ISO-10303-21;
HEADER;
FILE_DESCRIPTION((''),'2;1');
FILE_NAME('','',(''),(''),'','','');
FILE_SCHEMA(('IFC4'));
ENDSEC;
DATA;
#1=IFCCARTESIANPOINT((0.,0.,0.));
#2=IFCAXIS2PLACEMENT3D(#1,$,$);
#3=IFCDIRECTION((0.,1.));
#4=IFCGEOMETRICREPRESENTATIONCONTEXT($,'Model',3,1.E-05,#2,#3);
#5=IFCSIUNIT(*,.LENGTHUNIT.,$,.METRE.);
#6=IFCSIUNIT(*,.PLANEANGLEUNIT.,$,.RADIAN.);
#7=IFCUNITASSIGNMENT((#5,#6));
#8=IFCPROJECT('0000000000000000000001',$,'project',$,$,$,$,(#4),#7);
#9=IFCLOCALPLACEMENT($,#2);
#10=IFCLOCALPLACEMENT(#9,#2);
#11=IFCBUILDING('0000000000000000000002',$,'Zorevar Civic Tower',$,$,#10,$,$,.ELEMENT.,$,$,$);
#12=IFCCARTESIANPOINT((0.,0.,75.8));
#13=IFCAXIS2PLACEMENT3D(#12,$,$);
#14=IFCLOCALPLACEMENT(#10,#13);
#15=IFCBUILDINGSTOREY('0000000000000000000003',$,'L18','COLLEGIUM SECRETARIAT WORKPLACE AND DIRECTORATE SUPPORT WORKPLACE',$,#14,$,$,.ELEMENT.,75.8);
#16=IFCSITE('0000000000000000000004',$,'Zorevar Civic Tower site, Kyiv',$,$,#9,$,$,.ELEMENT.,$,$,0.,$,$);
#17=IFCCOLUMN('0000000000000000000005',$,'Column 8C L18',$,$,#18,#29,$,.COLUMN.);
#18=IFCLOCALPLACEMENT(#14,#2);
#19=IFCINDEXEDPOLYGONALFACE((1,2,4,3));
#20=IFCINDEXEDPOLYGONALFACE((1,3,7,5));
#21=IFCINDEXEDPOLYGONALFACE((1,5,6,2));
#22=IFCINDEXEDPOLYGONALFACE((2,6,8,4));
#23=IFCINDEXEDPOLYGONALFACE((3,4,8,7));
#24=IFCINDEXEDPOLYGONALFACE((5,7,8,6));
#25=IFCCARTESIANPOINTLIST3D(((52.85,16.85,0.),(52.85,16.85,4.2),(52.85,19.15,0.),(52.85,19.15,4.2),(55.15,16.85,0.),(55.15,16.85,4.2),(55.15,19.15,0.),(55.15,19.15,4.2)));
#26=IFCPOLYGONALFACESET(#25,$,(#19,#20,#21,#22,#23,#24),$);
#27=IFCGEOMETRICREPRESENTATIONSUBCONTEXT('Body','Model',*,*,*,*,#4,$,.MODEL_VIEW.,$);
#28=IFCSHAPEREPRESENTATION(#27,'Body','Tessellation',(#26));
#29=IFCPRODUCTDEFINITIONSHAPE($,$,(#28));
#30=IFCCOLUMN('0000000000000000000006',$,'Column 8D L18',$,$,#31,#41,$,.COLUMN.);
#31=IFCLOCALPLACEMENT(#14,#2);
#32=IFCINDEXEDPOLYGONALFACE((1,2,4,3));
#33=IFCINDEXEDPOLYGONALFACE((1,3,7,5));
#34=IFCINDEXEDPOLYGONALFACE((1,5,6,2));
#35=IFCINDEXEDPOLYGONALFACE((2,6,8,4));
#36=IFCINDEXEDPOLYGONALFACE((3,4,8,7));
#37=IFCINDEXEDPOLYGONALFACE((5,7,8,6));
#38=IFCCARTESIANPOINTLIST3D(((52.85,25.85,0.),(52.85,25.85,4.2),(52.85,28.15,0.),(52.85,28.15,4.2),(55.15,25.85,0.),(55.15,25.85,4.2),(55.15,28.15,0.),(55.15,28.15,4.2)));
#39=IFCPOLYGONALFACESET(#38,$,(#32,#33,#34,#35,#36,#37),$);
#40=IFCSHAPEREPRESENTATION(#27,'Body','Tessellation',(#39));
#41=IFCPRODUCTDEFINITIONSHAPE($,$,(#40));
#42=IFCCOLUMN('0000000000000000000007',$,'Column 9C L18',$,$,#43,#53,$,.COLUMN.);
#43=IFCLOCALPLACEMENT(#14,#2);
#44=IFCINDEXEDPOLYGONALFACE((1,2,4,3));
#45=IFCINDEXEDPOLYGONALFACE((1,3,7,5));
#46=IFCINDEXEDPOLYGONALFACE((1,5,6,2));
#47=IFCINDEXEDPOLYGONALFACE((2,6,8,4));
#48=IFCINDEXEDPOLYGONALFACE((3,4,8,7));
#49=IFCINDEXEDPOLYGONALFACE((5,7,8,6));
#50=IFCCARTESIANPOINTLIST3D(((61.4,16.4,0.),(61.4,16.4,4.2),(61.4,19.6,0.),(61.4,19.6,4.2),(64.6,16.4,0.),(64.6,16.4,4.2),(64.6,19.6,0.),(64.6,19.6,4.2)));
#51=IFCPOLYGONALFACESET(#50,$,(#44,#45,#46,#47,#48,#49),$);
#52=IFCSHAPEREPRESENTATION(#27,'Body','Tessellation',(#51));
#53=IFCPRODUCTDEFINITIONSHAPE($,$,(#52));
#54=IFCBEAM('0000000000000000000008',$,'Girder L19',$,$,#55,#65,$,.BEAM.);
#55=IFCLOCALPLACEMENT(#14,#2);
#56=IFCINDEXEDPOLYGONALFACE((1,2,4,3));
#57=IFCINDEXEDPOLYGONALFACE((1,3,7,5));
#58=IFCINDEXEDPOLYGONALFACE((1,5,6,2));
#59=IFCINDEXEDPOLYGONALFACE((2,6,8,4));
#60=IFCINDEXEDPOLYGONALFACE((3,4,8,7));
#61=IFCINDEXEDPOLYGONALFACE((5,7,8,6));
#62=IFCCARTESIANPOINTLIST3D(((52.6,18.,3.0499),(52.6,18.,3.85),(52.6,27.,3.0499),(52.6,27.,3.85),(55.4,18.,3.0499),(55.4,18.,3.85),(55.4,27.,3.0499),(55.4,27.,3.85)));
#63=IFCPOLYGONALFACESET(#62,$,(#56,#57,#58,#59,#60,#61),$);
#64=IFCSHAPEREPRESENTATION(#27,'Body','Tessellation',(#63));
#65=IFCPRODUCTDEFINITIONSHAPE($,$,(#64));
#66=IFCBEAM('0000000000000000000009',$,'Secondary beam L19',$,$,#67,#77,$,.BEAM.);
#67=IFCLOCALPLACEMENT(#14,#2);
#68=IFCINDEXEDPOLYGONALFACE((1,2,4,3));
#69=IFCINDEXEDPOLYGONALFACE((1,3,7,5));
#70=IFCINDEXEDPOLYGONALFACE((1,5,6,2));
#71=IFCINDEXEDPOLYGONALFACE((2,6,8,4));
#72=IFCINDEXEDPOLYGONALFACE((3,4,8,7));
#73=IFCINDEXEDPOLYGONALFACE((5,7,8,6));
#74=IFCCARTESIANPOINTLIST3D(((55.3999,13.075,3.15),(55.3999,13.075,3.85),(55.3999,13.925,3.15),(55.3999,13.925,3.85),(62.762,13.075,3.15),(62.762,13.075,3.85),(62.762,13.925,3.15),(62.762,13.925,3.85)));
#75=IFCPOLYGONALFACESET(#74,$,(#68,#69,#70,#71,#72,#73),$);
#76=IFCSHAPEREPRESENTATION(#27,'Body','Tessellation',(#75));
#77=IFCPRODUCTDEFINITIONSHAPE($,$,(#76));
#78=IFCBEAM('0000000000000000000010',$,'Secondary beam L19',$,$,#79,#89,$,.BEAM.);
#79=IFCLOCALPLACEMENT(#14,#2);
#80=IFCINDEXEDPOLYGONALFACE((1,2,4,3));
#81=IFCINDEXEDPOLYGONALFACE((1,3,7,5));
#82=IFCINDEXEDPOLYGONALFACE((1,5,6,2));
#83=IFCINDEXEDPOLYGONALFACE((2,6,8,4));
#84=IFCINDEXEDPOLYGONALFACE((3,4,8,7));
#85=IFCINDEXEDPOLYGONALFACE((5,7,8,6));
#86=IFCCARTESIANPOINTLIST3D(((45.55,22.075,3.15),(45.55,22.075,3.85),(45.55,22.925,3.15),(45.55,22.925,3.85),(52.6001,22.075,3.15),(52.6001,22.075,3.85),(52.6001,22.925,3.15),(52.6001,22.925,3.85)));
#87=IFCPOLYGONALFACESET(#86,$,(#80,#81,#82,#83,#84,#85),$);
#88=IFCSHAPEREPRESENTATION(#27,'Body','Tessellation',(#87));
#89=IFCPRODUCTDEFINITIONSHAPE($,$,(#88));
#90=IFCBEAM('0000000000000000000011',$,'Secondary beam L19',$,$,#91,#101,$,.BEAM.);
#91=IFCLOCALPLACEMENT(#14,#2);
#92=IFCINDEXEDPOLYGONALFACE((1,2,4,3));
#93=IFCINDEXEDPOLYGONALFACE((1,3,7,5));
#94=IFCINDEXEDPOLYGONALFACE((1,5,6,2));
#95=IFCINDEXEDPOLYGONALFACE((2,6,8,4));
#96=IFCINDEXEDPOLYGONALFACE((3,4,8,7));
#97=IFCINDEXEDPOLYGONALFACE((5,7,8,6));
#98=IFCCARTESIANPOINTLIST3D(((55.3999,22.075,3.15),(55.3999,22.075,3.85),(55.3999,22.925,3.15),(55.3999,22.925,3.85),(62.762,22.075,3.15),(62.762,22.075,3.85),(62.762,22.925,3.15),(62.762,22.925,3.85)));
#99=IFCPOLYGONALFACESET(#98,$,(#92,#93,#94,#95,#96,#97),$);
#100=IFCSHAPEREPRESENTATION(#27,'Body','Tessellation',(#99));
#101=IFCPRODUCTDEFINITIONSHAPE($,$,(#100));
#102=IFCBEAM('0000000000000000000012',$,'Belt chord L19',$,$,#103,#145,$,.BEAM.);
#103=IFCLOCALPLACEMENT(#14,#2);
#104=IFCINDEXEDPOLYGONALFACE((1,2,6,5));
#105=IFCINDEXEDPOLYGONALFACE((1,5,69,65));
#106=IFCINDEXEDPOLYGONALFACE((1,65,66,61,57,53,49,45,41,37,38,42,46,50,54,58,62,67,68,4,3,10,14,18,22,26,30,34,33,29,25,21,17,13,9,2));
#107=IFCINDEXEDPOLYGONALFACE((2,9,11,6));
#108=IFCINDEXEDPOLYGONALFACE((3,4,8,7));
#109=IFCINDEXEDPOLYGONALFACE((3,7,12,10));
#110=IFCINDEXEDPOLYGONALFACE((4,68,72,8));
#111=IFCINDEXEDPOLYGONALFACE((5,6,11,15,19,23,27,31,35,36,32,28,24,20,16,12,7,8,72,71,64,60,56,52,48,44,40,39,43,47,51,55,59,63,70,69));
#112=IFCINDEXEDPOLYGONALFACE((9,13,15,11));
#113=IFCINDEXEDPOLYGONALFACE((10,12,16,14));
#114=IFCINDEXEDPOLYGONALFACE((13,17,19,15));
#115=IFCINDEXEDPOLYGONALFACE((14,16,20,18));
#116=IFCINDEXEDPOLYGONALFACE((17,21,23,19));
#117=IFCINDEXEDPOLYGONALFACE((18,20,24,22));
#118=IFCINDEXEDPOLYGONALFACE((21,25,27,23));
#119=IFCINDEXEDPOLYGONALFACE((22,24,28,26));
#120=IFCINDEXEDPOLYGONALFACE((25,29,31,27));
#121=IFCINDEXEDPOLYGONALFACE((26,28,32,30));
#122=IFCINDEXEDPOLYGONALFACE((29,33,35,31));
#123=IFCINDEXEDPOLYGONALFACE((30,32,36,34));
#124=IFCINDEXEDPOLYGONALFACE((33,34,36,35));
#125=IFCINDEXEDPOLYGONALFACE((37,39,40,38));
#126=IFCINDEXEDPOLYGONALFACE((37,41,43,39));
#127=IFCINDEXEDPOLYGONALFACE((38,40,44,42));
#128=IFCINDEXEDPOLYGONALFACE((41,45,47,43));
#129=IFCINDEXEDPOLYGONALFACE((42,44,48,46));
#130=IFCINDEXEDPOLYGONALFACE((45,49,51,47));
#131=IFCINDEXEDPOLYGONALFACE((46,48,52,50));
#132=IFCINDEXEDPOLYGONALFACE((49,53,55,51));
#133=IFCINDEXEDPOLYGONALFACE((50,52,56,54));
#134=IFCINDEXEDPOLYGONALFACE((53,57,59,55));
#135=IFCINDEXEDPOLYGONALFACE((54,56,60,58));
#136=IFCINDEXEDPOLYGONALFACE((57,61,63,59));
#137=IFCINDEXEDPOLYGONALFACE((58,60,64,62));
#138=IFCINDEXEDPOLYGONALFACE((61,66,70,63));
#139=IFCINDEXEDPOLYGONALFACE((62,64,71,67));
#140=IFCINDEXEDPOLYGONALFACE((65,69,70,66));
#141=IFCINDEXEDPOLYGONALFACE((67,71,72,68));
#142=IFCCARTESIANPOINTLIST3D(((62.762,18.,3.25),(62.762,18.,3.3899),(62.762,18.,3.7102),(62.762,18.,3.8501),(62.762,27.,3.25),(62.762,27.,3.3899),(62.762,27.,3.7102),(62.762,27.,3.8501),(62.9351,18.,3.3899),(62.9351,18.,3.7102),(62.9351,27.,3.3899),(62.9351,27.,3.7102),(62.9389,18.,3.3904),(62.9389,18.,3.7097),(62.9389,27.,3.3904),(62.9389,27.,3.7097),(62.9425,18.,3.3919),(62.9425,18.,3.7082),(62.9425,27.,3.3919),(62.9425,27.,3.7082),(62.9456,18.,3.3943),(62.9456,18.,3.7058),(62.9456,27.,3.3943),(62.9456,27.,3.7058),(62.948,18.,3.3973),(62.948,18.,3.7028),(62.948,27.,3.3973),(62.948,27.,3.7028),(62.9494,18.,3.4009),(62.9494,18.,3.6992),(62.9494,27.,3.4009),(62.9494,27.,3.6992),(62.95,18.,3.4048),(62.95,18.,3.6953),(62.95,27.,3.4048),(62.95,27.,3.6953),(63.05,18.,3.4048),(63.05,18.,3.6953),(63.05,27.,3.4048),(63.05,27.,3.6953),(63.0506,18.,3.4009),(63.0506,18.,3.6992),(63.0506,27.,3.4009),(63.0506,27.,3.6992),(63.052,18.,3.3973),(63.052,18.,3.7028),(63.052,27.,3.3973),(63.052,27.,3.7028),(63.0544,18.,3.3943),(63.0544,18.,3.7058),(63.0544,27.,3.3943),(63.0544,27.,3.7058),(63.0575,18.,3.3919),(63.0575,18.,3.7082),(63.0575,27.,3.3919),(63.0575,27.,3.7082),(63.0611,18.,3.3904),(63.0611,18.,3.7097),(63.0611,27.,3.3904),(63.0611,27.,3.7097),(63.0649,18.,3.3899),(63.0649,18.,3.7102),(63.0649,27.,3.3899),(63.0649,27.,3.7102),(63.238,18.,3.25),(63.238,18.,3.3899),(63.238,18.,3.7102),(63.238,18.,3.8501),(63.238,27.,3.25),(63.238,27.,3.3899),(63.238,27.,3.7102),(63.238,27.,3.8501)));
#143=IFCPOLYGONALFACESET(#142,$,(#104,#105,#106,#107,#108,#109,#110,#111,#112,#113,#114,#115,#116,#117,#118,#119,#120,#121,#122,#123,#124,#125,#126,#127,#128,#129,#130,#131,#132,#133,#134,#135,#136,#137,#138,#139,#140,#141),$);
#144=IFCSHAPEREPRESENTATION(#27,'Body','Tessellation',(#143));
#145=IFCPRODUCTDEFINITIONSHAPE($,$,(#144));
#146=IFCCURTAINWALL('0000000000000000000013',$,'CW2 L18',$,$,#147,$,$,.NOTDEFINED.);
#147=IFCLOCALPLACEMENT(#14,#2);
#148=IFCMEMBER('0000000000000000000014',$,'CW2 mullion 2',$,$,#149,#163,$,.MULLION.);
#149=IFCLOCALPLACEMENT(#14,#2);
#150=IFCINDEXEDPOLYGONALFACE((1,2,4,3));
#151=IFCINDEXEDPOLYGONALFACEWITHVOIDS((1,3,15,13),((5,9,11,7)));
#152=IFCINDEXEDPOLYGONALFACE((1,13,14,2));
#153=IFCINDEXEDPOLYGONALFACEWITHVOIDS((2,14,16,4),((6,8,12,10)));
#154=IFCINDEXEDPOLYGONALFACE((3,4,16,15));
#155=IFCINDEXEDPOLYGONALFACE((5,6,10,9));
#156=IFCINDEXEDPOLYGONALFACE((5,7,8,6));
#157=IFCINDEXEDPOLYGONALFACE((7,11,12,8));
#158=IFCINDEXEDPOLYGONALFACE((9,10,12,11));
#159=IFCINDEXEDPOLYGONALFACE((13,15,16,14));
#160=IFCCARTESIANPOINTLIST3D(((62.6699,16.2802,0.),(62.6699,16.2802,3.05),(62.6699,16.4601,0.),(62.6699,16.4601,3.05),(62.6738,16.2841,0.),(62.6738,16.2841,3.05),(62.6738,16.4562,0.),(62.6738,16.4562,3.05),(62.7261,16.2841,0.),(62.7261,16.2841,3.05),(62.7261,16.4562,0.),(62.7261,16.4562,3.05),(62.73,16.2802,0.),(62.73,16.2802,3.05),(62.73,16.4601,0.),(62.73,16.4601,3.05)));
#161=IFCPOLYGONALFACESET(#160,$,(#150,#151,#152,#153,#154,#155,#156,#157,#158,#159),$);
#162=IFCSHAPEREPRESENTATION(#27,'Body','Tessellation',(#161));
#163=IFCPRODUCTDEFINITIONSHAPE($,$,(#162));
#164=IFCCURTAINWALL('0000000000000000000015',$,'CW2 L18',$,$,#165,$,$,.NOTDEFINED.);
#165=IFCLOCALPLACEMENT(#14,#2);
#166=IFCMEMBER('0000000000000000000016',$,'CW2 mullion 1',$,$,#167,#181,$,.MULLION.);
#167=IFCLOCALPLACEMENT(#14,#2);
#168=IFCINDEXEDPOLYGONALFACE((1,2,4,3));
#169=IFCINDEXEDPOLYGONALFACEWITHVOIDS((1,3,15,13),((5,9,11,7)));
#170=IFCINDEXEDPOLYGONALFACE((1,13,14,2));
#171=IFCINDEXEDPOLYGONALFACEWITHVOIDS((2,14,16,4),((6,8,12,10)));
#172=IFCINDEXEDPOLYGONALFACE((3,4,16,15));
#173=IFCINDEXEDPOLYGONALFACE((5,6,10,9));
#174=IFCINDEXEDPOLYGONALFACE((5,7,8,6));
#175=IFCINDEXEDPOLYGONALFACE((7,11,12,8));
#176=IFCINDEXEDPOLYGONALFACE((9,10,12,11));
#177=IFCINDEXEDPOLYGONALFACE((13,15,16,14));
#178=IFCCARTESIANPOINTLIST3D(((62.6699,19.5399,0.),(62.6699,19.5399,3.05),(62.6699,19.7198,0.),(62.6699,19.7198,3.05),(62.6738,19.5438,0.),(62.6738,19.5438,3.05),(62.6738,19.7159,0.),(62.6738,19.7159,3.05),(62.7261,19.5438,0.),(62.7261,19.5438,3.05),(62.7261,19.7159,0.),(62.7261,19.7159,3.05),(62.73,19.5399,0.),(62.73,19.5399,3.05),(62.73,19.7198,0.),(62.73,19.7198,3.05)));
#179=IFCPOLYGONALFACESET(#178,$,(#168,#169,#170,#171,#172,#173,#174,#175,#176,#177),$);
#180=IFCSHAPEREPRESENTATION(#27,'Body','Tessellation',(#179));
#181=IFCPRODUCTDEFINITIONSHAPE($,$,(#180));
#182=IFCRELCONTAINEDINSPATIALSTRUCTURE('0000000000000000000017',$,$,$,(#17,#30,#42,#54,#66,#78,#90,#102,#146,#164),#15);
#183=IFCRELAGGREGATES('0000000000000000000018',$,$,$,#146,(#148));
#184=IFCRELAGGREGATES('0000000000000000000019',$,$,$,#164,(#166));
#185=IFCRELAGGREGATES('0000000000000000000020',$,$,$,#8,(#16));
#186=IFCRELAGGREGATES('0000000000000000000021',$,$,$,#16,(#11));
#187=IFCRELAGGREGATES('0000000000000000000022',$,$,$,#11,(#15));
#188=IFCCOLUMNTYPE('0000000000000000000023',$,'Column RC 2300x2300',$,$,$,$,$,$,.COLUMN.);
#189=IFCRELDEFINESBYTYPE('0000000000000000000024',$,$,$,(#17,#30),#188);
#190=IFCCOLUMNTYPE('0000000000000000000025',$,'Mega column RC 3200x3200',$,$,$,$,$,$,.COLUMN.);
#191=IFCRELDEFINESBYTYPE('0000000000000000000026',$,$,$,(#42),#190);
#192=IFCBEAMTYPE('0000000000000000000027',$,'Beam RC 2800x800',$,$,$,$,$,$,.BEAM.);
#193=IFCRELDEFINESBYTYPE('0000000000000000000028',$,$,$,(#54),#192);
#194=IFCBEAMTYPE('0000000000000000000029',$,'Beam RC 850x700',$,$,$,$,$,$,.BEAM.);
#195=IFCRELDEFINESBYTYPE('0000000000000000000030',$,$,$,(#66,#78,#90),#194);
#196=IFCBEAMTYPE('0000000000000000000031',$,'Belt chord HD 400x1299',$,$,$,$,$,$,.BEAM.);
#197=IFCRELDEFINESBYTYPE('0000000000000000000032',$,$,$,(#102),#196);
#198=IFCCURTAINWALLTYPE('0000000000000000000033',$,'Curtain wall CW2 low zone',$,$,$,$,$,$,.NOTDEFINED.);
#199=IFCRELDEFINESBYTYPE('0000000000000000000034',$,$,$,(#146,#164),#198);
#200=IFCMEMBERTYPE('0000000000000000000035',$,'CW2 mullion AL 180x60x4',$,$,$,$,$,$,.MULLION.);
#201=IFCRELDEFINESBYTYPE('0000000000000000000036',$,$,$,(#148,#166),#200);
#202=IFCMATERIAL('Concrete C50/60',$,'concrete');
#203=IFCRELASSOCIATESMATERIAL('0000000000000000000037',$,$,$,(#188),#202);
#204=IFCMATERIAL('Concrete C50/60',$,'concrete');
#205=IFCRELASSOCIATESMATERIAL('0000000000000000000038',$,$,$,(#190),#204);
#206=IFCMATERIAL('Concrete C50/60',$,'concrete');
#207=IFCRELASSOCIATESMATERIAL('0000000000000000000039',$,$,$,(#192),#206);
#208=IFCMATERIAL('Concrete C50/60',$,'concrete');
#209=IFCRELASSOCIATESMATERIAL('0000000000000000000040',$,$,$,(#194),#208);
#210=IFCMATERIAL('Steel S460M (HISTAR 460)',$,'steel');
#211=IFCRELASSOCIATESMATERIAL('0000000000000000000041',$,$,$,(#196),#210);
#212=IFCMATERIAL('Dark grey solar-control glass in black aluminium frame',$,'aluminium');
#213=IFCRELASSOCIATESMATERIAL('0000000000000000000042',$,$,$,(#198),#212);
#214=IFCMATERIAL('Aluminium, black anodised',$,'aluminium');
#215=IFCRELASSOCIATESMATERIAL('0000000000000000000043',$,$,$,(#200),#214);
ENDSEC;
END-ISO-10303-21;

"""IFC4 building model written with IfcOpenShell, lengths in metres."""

from ifc_helpers import new_model, si_unit, direction, frame, origin, origin_2d, place, context, subcontext, project, spatial, rectangle, hollow_rectangle, i_section, extrude, material, material_profile, profile_set, type_object, element, aggregate, save


model = new_model("IFC4")

# Units and contexts
model_context = context("Model", 3, precision=1e-05, world=origin(), true_north=direction((0.0, 1.0)))
body_context = subcontext(model_context, "Body", "Model", "MODEL_VIEW")
ifc_project = project(units=[si_unit("LENGTHUNIT", "METRE"), si_unit("PLANEANGLEUNIT", "RADIAN")], contexts=[model_context])

# Site, building, storey
site_placement = place(None, origin())
site = spatial("IfcSite", under=ifc_project, at=site_placement, Name="Zorevar Civic Tower site, Kyiv", CompositionType="ELEMENT", RefElevation=0.0)
building_placement = place(site_placement, origin())
building = spatial("IfcBuilding", under=site, at=building_placement, Name="Zorevar Civic Tower", CompositionType="ELEMENT")
storey_placement = place(building_placement, frame((0.0, 0.0, 75.8)))
storey = spatial("IfcBuildingStorey", under=building, at=storey_placement, Name="L18", Description="COLLEGIUM SECRETARIAT WORKPLACE AND DIRECTORATE SUPPORT WORKPLACE", CompositionType="ELEMENT", Elevation=75.8)

# Columns
ifc_material_1 = material(Name="Concrete C50/60", Category="concrete")
ifc_material_profile_1 = material_profile(ifc_material_1, rectangle(XDim=2.3, YDim=2.3, at=origin_2d()), Name="RC 2300x2300")
ifc_profile_set_1 = profile_set([ifc_material_profile_1], Name="Concrete C50/60")
column_type_1 = type_object("IfcColumnType", Name="Column RC 2300x2300", PredefinedType="COLUMN", material=ifc_profile_set_1)
for number, where, z_axis, x_axis, name in (
    (1, (54.0, 18.0, 0.0), (0.0, 0.0, 1.0), (1.0, 0.0, 0.0), "Column 8C L18"),
    (2, (54.0, 27.0, 0.0), (0.0, 0.0, 1.0), (1.0, 0.0, 0.0), "Column 8D L18"),
):
    element("IfcColumn", number, at=place(storey_placement, frame(where, z_axis=z_axis, x_axis=x_axis)), inside=storey, type_object=column_type_1, Name=name, PredefinedType="COLUMN", context=body_context, shape_type="SweptSolid", body=[
        extrude(rectangle(XDim=2.3, YDim=2.3, at=origin_2d()), origin(), (0.0, 0.0, 1.0), 4.2),
    ])
ifc_material_2 = material(Name="Concrete C50/60", Category="concrete")
ifc_material_profile_2 = material_profile(ifc_material_2, rectangle(XDim=3.2, YDim=3.2, at=origin_2d()), Name="RC 3200x3200")
ifc_profile_set_2 = profile_set([ifc_material_profile_2], Name="Concrete C50/60")
column_type_2 = type_object("IfcColumnType", Name="Mega column RC 3200x3200", PredefinedType="COLUMN", material=ifc_profile_set_2)
column_placement = place(storey_placement, frame((63.0, 18.0, 0.0), z_axis=(0.0, 0.0, 1.0), x_axis=(1.0, 0.0, 0.0)))
element("IfcColumn", 3, at=column_placement, inside=storey, type_object=column_type_2, Name="Column 9C L18", PredefinedType="COLUMN", context=body_context, shape_type="SweptSolid", body=[
    extrude(rectangle(XDim=3.2, YDim=3.2, at=origin_2d()), origin(), (0.0, 0.0, 1.0), 4.2),
])

# Beams
ifc_material_3 = material(Name="Concrete C50/60", Category="concrete")
ifc_material_profile_3 = material_profile(ifc_material_3, rectangle(XDim=2.8, YDim=0.8, at=origin_2d()), Name="RC 2800x800")
ifc_profile_set_3 = profile_set([ifc_material_profile_3], Name="Concrete C50/60")
beam_type_1 = type_object("IfcBeamType", Name="Beam RC 2800x800", PredefinedType="BEAM", material=ifc_profile_set_3)
beam_1_placement = place(storey_placement, frame((54.0, 18.0, 3.45), z_axis=(0.0, 1.0, 0.0), x_axis=(-1.0, 0.0, 0.0)))
element("IfcBeam", 4, at=beam_1_placement, inside=storey, type_object=beam_type_1, Name="Girder L19", PredefinedType="BEAM", context=body_context, shape_type="SweptSolid", body=[
    extrude(rectangle(XDim=2.8, YDim=0.8, at=origin_2d()), origin(), (0.0, 0.0, 1.0), 9.0),
])
ifc_material_4 = material(Name="Concrete C50/60", Category="concrete")
ifc_material_profile_4 = material_profile(ifc_material_4, rectangle(XDim=0.8501, YDim=0.7, at=origin_2d()), Name="RC 850x700")
ifc_profile_set_4 = profile_set([ifc_material_profile_4], Name="Concrete C50/60")
beam_type_2 = type_object("IfcBeamType", Name="Beam RC 850x700", PredefinedType="BEAM", material=ifc_profile_set_4)
beam_2_placement = place(storey_placement, frame((55.3999, 13.5, 3.5), z_axis=(1.0, 0.0, 0.0), x_axis=(0.0, 1.0, 0.0)))
element("IfcBeam", 5, at=beam_2_placement, inside=storey, type_object=beam_type_2, Name="Secondary beam L19", PredefinedType="BEAM", context=body_context, shape_type="SweptSolid", body=[
    extrude(rectangle(XDim=0.8501, YDim=0.7, at=origin_2d()), origin(), (0.0, 0.0, 1.0), 7.3621),
])
beam_3_placement = place(storey_placement, frame((45.55, 22.5, 3.5), z_axis=(1.0, 0.0, 0.0), x_axis=(0.0, 1.0, 0.0)))
element("IfcBeam", 6, at=beam_3_placement, inside=storey, type_object=beam_type_2, Name="Secondary beam L19", PredefinedType="BEAM", context=body_context, shape_type="SweptSolid", body=[
    extrude(rectangle(XDim=0.8501, YDim=0.7, at=origin_2d()), origin(), (0.0, 0.0, 1.0), 7.05),
])
beam_4_placement = place(storey_placement, frame((55.3999, 22.5, 3.5), z_axis=(1.0, 0.0, 0.0), x_axis=(0.0, 1.0, 0.0)))
element("IfcBeam", 7, at=beam_4_placement, inside=storey, type_object=beam_type_2, Name="Secondary beam L19", PredefinedType="BEAM", context=body_context, shape_type="SweptSolid", body=[
    extrude(rectangle(XDim=0.8501, YDim=0.7, at=origin_2d()), origin(), (0.0, 0.0, 1.0), 7.3621),
])
ifc_material_5 = material(Name="Steel S460M (HISTAR 460)", Category="steel")
ifc_material_profile_5 = material_profile(ifc_material_5, i_section(OverallWidth=0.4761, OverallDepth=0.6001, WebThickness=0.1001, FlangeThickness=0.1399, FilletRadius=0.0149, at=origin_2d()), Name="HD 400x1299")
ifc_profile_set_5 = profile_set([ifc_material_profile_5], Name="Steel S460M (HISTAR 460)")
beam_type_3 = type_object("IfcBeamType", Name="Belt chord HD 400x1299", PredefinedType="BEAM", material=ifc_profile_set_5)
beam_5_placement = place(storey_placement, frame((63.0, 18.0, 3.55), z_axis=(0.0, 1.0, 0.0), x_axis=(-1.0, 0.0, 0.0)))
element("IfcBeam", 8, at=beam_5_placement, inside=storey, type_object=beam_type_3, Name="Belt chord L19", PredefinedType="BEAM", context=body_context, shape_type="SweptSolid", body=[
    extrude(i_section(OverallWidth=0.4761, OverallDepth=0.6001, WebThickness=0.1001, FlangeThickness=0.1399, FilletRadius=0.0149, at=origin_2d()), origin(), (0.0, 0.0, 1.0), 9.0),
])

# Curtain wall, member
ifc_material_6 = material(Name="Dark grey solar-control glass in black aluminium frame", Category="aluminium")
curtain_wall_type = type_object("IfcCurtainWallType", Name="Curtain wall CW2 low zone", PredefinedType="NOTDEFINED", material=ifc_material_6)
curtain_wall_1_placement = place(storey_placement, origin())
curtain_wall_1 = element("IfcCurtainWall", 9, at=curtain_wall_1_placement, inside=storey, type_object=curtain_wall_type, Name="CW2 L18", PredefinedType="NOTDEFINED")
ifc_material_7 = material(Name="Aluminium, black anodised", Category="aluminium")
ifc_material_profile_6 = material_profile(ifc_material_7, hollow_rectangle(XDim=0.0601, YDim=0.1799, WallThickness=0.0039, at=origin_2d()), Name="AL 180x60x4")
ifc_profile_set_6 = profile_set([ifc_material_profile_6], Name="Aluminium, black anodised")
member_type_1 = type_object("IfcMemberType", Name="CW2 mullion AL 180x60x4", PredefinedType="MULLION", material=ifc_profile_set_6)
member_1_placement = place(storey_placement, frame((62.7, 16.3701, 0.0), z_axis=(0.0, 0.0, 1.0), x_axis=(-1.0, 0.0, 0.0)))
member_1 = element("IfcMember", 10, at=member_1_placement, type_object=member_type_1, Name="CW2 mullion 2", PredefinedType="MULLION", context=body_context, shape_type="SweptSolid", body=[
    extrude(hollow_rectangle(XDim=0.0601, YDim=0.1799, WallThickness=0.0039, at=origin_2d()), origin(), (0.0, 0.0, 1.0), 3.05),
])

# Curtain wall, member
curtain_wall_2_placement = place(storey_placement, origin())
curtain_wall_2 = element("IfcCurtainWall", 11, at=curtain_wall_2_placement, inside=storey, type_object=curtain_wall_type, Name="CW2 L18", PredefinedType="NOTDEFINED")
member_2_placement = place(storey_placement, frame((62.7, 19.6299, 0.0), z_axis=(0.0, 0.0, 1.0), x_axis=(-1.0, 0.0, 0.0)))
member_2 = element("IfcMember", 12, at=member_2_placement, type_object=member_type_1, Name="CW2 mullion 1", PredefinedType="MULLION", context=body_context, shape_type="SweptSolid", body=[
    extrude(hollow_rectangle(XDim=0.0601, YDim=0.1799, WallThickness=0.0039, at=origin_2d()), origin(), (0.0, 0.0, 1.0), 3.05),
])

aggregate(curtain_wall_1, [member_1])
aggregate(curtain_wall_2, [member_2])

save(model, "model.ifc")
